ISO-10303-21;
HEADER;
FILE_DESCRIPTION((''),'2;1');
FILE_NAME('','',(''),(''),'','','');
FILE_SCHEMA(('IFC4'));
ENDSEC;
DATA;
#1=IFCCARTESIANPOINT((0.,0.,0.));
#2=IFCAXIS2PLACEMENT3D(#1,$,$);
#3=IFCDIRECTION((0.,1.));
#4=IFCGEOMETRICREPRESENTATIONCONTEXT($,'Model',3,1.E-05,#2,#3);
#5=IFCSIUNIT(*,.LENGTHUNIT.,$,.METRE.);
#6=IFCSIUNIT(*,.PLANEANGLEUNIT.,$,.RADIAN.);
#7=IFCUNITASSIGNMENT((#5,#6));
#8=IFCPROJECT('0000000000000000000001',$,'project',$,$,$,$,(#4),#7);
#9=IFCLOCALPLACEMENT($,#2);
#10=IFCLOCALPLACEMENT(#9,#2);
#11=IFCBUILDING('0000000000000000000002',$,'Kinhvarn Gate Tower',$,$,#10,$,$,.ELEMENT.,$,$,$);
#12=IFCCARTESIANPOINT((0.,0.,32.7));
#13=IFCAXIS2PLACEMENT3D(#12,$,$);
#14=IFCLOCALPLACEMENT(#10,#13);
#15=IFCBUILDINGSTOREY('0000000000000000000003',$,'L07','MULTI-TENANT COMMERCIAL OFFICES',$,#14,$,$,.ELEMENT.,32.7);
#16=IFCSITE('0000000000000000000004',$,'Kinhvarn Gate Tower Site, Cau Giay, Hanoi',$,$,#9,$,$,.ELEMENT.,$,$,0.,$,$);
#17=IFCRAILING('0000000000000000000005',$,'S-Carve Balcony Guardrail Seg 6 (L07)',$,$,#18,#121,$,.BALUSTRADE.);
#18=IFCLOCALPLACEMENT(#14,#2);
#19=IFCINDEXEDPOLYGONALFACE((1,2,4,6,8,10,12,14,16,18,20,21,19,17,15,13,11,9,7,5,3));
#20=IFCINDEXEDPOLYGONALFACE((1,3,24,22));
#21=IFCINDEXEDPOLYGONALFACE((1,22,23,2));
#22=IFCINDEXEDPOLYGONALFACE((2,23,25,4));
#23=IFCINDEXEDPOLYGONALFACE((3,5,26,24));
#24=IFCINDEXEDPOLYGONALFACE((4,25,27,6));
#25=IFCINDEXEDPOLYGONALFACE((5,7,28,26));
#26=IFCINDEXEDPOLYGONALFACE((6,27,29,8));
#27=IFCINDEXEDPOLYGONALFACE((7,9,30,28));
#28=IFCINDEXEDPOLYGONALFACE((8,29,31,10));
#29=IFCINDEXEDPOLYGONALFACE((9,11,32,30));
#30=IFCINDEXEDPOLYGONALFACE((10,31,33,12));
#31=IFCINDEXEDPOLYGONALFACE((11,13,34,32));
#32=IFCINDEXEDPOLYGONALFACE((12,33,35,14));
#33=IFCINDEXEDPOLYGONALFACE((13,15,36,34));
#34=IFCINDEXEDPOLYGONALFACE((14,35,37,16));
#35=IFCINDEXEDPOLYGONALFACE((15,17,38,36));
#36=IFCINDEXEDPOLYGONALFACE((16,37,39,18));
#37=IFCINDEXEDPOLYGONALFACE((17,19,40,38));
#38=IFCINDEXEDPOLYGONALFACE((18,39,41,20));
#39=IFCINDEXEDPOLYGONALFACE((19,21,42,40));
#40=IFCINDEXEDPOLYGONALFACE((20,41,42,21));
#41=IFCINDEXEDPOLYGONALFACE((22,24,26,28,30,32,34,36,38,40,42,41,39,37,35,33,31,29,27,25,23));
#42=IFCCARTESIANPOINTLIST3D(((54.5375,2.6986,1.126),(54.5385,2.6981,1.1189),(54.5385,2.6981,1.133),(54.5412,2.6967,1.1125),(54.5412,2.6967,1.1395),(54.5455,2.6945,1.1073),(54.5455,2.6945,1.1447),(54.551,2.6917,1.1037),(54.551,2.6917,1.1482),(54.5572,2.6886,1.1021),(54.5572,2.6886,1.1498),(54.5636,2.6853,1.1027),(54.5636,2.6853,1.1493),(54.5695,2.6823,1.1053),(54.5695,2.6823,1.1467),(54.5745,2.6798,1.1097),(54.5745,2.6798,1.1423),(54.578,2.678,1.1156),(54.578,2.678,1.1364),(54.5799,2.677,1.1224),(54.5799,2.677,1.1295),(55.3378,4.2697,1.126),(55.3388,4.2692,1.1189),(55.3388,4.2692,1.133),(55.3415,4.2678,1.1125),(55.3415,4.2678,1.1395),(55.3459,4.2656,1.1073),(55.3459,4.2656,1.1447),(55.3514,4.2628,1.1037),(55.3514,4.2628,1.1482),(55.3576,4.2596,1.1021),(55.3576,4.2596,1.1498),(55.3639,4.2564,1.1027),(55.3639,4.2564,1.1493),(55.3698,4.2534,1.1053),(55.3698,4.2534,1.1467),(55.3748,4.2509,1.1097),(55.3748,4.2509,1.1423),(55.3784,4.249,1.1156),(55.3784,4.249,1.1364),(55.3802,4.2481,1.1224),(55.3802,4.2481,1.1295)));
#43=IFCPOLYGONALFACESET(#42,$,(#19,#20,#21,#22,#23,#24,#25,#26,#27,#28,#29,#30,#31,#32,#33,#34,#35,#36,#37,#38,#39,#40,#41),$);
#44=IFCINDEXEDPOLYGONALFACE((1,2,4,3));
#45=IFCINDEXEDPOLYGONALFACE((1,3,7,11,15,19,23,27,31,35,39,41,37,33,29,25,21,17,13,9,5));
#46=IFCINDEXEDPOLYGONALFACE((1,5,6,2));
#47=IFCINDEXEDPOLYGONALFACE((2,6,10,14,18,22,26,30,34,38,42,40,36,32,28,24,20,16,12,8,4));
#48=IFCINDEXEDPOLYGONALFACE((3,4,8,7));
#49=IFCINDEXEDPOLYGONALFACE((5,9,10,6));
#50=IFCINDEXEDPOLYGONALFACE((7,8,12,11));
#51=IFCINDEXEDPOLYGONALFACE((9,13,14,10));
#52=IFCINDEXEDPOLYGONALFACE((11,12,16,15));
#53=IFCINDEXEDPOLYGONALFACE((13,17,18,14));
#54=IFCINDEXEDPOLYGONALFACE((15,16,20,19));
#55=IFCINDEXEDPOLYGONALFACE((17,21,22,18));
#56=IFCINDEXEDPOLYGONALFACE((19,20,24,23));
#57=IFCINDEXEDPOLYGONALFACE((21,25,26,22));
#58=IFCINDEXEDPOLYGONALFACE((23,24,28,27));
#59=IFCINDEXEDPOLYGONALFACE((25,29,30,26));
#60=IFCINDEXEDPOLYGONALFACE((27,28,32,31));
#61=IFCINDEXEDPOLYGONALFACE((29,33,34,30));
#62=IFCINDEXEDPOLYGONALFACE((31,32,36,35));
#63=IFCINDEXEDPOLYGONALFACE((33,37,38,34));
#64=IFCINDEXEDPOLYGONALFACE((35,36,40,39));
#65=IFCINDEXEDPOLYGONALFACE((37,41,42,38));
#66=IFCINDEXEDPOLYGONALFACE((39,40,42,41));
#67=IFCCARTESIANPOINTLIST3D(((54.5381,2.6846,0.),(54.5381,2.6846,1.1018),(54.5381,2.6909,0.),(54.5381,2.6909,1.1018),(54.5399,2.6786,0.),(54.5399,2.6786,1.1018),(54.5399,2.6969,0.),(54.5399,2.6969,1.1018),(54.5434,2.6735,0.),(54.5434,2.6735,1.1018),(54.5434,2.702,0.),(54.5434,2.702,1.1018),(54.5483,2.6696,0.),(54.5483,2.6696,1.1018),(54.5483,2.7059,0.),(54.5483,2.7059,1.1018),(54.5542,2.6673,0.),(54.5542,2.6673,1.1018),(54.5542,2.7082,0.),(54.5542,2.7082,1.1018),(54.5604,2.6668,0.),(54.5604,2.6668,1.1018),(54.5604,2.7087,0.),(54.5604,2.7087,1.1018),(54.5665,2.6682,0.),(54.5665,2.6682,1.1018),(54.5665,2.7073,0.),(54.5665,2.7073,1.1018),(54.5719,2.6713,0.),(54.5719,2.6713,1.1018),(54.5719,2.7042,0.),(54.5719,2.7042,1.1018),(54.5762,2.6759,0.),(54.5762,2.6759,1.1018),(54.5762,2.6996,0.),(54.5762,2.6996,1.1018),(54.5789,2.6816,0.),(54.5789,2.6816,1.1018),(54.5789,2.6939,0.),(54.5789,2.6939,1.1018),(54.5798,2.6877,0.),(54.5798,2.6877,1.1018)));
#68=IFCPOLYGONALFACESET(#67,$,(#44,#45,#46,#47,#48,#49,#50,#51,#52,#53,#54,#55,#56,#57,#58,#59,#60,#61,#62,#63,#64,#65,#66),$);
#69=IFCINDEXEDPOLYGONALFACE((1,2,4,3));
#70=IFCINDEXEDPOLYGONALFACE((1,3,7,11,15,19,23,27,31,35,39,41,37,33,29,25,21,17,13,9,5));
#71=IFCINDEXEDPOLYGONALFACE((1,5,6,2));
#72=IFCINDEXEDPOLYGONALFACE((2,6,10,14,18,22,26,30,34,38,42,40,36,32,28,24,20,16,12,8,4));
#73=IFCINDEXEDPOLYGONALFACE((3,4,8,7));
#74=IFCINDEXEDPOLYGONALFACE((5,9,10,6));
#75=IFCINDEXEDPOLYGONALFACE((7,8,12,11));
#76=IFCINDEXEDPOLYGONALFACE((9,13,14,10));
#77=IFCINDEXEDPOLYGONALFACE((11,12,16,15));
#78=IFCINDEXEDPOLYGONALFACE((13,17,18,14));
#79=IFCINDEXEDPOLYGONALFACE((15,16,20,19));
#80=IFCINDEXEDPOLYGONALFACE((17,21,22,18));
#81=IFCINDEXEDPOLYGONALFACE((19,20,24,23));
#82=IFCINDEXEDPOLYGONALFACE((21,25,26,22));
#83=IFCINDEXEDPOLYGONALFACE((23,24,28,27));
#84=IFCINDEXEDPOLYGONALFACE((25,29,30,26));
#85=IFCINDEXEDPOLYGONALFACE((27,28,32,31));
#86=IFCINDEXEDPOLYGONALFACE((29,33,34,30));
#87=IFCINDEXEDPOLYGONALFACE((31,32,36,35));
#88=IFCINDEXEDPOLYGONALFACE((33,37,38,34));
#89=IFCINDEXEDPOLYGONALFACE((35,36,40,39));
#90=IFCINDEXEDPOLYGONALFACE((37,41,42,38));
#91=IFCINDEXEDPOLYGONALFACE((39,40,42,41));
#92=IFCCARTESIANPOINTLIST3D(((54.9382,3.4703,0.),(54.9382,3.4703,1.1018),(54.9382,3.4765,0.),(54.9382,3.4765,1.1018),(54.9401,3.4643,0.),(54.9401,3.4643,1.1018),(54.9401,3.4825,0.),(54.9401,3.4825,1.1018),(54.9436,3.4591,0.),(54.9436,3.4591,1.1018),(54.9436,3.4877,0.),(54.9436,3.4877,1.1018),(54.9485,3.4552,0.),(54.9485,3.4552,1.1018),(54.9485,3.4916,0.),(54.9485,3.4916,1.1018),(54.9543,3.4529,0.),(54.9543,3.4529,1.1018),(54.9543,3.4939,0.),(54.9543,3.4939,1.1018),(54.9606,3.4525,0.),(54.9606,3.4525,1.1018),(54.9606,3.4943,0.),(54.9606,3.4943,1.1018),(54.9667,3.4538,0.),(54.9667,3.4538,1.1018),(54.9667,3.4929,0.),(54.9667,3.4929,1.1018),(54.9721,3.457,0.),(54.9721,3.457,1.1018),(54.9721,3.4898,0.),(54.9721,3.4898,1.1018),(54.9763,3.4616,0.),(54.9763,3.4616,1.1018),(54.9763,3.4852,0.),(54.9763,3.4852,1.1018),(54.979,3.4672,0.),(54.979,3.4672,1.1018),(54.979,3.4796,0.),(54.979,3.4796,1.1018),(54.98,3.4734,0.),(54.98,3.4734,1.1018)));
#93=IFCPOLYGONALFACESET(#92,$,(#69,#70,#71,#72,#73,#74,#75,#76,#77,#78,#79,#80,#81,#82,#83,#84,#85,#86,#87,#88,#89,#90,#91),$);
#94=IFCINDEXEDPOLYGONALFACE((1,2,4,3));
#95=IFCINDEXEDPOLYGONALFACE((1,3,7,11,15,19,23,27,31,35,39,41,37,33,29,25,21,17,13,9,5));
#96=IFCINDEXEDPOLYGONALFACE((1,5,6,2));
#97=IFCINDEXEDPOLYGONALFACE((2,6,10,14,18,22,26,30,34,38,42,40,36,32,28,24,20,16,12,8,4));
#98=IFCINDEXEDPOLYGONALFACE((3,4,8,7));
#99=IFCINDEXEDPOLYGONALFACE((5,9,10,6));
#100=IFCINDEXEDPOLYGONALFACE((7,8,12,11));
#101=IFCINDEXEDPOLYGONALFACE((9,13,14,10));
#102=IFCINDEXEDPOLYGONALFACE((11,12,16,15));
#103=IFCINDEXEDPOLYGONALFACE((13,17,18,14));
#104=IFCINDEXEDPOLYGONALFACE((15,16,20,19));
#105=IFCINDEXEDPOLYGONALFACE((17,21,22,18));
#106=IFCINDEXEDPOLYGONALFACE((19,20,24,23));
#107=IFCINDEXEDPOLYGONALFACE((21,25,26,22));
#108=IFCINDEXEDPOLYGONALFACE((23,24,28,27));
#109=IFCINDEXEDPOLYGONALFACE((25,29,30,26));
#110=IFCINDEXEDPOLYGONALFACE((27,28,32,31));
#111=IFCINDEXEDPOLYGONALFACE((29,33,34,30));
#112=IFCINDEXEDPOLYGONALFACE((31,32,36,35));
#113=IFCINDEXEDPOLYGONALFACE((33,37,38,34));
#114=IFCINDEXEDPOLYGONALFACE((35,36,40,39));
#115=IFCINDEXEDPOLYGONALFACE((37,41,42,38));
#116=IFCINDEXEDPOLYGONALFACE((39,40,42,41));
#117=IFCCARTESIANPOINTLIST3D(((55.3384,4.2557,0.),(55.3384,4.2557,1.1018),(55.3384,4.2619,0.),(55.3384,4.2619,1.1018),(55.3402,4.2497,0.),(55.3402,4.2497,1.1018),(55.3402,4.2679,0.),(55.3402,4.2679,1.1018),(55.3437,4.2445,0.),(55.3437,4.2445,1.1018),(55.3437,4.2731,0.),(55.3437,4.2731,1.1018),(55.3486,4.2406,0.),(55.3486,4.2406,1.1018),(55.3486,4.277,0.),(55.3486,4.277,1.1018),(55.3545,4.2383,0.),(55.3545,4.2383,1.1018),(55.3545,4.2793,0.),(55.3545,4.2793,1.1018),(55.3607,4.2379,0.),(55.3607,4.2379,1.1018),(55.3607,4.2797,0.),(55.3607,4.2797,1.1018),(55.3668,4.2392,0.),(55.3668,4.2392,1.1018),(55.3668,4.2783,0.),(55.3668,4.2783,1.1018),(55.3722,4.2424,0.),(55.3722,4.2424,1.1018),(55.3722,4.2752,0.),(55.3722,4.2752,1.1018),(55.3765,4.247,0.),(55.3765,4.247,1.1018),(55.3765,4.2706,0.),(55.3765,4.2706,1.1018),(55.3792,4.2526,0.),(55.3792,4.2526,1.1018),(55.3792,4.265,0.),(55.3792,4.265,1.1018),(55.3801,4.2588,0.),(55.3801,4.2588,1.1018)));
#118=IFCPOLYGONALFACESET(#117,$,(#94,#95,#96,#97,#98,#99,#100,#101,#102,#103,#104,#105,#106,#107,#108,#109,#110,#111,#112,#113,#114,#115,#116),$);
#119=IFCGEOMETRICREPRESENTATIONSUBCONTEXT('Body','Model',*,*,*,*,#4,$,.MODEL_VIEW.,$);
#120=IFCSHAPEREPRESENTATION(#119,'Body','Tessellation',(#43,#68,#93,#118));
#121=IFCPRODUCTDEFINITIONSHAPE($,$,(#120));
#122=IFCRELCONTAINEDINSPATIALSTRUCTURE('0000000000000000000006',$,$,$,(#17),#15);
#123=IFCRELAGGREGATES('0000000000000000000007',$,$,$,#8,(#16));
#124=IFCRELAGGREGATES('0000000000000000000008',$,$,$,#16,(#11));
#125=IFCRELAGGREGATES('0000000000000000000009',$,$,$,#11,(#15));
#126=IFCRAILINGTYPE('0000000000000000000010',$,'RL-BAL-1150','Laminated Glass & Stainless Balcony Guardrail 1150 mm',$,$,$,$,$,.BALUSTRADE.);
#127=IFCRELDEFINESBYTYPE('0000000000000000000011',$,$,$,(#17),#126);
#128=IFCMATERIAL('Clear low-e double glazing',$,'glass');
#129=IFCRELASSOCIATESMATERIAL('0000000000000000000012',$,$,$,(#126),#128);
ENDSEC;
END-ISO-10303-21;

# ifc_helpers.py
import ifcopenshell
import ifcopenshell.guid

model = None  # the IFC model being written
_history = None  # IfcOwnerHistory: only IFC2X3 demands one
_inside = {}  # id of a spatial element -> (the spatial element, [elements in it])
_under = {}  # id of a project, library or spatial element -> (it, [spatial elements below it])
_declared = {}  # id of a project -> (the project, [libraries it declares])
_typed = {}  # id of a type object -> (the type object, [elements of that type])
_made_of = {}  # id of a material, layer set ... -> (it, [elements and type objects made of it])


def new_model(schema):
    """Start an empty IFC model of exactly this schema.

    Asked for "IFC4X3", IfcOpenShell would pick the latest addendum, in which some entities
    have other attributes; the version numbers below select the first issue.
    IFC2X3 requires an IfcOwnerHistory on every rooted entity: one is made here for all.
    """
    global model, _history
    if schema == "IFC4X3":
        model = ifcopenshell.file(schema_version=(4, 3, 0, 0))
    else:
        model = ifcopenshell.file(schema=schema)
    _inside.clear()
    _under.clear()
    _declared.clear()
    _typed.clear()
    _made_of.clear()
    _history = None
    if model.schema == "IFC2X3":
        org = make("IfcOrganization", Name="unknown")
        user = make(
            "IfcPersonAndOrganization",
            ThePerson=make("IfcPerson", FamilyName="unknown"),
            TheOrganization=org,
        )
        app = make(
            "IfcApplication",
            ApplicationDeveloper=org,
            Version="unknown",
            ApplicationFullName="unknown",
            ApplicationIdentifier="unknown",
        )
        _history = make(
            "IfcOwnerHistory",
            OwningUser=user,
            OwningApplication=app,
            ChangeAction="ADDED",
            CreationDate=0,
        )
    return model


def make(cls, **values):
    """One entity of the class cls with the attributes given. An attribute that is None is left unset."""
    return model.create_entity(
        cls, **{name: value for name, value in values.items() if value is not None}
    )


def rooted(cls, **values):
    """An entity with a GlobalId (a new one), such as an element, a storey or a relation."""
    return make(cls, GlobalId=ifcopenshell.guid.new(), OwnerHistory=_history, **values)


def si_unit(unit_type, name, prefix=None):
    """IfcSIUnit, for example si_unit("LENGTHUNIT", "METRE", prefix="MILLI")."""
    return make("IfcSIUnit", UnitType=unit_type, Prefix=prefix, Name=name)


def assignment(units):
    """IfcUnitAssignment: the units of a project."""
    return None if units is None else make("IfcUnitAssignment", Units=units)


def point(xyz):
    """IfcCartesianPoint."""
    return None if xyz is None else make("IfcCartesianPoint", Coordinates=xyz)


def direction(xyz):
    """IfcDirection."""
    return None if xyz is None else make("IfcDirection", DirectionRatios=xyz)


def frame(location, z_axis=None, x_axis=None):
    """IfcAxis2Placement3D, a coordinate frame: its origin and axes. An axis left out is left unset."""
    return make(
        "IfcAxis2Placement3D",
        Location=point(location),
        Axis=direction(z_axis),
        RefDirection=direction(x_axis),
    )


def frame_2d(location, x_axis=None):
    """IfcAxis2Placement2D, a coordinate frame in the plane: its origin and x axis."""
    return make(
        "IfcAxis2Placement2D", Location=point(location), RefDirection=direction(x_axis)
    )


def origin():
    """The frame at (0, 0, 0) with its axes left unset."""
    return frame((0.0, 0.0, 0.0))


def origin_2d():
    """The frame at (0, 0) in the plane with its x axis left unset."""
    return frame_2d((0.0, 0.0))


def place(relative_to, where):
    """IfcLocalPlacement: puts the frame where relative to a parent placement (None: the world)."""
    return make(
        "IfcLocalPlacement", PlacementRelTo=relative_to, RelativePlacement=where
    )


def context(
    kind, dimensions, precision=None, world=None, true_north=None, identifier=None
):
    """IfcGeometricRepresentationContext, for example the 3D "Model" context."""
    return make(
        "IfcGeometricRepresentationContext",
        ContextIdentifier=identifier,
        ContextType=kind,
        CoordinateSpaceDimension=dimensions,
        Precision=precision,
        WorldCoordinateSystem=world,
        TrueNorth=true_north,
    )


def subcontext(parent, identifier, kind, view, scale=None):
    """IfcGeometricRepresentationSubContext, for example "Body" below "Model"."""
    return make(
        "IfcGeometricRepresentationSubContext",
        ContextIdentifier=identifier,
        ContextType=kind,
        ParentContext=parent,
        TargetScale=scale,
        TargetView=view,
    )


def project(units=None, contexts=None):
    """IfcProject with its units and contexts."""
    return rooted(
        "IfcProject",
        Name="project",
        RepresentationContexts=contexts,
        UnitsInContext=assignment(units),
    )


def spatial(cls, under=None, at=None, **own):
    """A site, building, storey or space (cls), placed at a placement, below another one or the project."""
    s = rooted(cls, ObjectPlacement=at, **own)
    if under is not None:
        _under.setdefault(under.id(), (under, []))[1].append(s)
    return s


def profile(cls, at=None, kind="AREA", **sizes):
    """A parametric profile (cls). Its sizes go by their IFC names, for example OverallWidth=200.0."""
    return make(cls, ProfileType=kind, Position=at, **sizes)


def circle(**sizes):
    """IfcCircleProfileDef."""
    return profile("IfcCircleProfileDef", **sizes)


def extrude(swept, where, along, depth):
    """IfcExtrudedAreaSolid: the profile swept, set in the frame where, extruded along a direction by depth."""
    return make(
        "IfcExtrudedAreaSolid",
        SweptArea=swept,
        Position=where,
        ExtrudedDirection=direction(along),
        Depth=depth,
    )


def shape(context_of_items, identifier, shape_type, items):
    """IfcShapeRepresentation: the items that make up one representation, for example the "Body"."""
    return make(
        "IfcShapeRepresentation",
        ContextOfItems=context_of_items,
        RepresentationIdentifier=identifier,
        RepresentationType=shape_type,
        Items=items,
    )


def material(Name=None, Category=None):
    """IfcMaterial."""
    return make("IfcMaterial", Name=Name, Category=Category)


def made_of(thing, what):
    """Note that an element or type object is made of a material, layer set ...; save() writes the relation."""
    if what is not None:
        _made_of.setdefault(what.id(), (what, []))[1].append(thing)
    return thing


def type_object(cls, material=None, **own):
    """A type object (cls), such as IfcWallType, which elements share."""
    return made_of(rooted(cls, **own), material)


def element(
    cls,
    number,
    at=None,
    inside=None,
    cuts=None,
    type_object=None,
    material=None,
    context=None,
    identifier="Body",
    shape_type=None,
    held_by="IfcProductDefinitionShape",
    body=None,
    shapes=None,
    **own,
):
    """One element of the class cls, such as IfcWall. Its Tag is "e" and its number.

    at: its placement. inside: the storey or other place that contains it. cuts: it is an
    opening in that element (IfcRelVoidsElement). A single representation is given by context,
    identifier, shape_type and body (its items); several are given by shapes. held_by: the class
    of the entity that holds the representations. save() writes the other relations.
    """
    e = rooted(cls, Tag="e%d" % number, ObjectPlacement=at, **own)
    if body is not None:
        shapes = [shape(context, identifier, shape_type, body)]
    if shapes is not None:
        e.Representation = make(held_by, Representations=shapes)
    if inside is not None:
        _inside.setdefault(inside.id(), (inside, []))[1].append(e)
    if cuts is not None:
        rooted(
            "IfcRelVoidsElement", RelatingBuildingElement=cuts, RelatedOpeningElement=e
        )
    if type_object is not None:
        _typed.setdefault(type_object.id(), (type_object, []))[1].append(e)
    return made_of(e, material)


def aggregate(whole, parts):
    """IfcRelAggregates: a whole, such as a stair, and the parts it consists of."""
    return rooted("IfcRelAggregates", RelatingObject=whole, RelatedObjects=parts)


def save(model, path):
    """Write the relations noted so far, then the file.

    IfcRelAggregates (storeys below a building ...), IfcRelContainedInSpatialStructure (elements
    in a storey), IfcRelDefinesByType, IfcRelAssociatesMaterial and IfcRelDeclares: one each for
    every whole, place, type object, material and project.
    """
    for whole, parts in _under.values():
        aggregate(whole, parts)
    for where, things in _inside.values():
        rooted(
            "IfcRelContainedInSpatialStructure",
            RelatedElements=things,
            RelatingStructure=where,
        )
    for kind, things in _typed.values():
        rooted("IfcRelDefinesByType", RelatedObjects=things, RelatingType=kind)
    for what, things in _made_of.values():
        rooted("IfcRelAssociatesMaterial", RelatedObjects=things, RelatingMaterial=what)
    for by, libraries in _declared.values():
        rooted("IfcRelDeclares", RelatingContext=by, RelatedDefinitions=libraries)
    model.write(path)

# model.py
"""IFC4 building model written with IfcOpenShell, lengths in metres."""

from ifc_helpers import new_model, si_unit, direction, frame, origin, origin_2d, place, context, subcontext, project, spatial, circle, extrude, material, type_object, element, save


model = new_model("IFC4")

# Units and contexts
model_context = context("Model", 3, precision=1e-05, world=origin(), true_north=direction((0.0, 1.0)))
body_context = subcontext(model_context, "Body", "Model", "MODEL_VIEW")
ifc_project = project(units=[si_unit("LENGTHUNIT", "METRE"), si_unit("PLANEANGLEUNIT", "RADIAN")], contexts=[model_context])

# Site, building, storey
site_placement = place(None, origin())
site = spatial("IfcSite", under=ifc_project, at=site_placement, Name="Kinhvarn Gate Tower Site, Cau Giay, Hanoi", CompositionType="ELEMENT", RefElevation=0.0)
building_placement = place(site_placement, origin())
building = spatial("IfcBuilding", under=site, at=building_placement, Name="Kinhvarn Gate Tower", CompositionType="ELEMENT")
storey_placement = place(building_placement, frame((0.0, 0.0, 32.7)))
storey = spatial("IfcBuildingStorey", under=building, at=storey_placement, Name="L07", Description="MULTI-TENANT COMMERCIAL OFFICES", CompositionType="ELEMENT", Elevation=32.7)

# Shared definitions
ifc_material_1 = material(Name="Clear low-e double glazing", Category="glass")

# Railing
railing_type = type_object("IfcRailingType", Name="RL-BAL-1150", Description="Laminated Glass & Stainless Balcony Guardrail 1150 mm", PredefinedType="BALUSTRADE", material=ifc_material_1)
railing_1_placement = place(storey_placement, frame((54.5588, 2.6877, 0.0)))
element("IfcRailing", 1, at=railing_1_placement, inside=storey, type_object=railing_type, Name="S-Carve Balcony Guardrail Seg 6 (L07)", PredefinedType="BALUSTRADE", context=body_context, shape_type="SweptSolid", body=[
    extrude(circle(Radius=0.0239, at=origin_2d()), frame((0.0, 0.0, 1.126), z_axis=(0.453903, 0.891051, 0.0), x_axis=(-0.891051, 0.453903, 0.0)), (0.0, 0.0, 1.0), 1.7632),
    extrude(circle(Radius=0.021, at=origin_2d()), origin(), (0.0, 0.0, 1.0), 1.1018),
    extrude(circle(Radius=0.021, at=origin_2d()), frame((0.4001, 0.7856, 0.0)), (0.0, 0.0, 1.0), 1.1018),
    extrude(circle(Radius=0.021, at=origin_2d()), frame((0.8003, 1.571, 0.0)), (0.0, 0.0, 1.0), 1.1018),
])

save(model, "model.ifc")
